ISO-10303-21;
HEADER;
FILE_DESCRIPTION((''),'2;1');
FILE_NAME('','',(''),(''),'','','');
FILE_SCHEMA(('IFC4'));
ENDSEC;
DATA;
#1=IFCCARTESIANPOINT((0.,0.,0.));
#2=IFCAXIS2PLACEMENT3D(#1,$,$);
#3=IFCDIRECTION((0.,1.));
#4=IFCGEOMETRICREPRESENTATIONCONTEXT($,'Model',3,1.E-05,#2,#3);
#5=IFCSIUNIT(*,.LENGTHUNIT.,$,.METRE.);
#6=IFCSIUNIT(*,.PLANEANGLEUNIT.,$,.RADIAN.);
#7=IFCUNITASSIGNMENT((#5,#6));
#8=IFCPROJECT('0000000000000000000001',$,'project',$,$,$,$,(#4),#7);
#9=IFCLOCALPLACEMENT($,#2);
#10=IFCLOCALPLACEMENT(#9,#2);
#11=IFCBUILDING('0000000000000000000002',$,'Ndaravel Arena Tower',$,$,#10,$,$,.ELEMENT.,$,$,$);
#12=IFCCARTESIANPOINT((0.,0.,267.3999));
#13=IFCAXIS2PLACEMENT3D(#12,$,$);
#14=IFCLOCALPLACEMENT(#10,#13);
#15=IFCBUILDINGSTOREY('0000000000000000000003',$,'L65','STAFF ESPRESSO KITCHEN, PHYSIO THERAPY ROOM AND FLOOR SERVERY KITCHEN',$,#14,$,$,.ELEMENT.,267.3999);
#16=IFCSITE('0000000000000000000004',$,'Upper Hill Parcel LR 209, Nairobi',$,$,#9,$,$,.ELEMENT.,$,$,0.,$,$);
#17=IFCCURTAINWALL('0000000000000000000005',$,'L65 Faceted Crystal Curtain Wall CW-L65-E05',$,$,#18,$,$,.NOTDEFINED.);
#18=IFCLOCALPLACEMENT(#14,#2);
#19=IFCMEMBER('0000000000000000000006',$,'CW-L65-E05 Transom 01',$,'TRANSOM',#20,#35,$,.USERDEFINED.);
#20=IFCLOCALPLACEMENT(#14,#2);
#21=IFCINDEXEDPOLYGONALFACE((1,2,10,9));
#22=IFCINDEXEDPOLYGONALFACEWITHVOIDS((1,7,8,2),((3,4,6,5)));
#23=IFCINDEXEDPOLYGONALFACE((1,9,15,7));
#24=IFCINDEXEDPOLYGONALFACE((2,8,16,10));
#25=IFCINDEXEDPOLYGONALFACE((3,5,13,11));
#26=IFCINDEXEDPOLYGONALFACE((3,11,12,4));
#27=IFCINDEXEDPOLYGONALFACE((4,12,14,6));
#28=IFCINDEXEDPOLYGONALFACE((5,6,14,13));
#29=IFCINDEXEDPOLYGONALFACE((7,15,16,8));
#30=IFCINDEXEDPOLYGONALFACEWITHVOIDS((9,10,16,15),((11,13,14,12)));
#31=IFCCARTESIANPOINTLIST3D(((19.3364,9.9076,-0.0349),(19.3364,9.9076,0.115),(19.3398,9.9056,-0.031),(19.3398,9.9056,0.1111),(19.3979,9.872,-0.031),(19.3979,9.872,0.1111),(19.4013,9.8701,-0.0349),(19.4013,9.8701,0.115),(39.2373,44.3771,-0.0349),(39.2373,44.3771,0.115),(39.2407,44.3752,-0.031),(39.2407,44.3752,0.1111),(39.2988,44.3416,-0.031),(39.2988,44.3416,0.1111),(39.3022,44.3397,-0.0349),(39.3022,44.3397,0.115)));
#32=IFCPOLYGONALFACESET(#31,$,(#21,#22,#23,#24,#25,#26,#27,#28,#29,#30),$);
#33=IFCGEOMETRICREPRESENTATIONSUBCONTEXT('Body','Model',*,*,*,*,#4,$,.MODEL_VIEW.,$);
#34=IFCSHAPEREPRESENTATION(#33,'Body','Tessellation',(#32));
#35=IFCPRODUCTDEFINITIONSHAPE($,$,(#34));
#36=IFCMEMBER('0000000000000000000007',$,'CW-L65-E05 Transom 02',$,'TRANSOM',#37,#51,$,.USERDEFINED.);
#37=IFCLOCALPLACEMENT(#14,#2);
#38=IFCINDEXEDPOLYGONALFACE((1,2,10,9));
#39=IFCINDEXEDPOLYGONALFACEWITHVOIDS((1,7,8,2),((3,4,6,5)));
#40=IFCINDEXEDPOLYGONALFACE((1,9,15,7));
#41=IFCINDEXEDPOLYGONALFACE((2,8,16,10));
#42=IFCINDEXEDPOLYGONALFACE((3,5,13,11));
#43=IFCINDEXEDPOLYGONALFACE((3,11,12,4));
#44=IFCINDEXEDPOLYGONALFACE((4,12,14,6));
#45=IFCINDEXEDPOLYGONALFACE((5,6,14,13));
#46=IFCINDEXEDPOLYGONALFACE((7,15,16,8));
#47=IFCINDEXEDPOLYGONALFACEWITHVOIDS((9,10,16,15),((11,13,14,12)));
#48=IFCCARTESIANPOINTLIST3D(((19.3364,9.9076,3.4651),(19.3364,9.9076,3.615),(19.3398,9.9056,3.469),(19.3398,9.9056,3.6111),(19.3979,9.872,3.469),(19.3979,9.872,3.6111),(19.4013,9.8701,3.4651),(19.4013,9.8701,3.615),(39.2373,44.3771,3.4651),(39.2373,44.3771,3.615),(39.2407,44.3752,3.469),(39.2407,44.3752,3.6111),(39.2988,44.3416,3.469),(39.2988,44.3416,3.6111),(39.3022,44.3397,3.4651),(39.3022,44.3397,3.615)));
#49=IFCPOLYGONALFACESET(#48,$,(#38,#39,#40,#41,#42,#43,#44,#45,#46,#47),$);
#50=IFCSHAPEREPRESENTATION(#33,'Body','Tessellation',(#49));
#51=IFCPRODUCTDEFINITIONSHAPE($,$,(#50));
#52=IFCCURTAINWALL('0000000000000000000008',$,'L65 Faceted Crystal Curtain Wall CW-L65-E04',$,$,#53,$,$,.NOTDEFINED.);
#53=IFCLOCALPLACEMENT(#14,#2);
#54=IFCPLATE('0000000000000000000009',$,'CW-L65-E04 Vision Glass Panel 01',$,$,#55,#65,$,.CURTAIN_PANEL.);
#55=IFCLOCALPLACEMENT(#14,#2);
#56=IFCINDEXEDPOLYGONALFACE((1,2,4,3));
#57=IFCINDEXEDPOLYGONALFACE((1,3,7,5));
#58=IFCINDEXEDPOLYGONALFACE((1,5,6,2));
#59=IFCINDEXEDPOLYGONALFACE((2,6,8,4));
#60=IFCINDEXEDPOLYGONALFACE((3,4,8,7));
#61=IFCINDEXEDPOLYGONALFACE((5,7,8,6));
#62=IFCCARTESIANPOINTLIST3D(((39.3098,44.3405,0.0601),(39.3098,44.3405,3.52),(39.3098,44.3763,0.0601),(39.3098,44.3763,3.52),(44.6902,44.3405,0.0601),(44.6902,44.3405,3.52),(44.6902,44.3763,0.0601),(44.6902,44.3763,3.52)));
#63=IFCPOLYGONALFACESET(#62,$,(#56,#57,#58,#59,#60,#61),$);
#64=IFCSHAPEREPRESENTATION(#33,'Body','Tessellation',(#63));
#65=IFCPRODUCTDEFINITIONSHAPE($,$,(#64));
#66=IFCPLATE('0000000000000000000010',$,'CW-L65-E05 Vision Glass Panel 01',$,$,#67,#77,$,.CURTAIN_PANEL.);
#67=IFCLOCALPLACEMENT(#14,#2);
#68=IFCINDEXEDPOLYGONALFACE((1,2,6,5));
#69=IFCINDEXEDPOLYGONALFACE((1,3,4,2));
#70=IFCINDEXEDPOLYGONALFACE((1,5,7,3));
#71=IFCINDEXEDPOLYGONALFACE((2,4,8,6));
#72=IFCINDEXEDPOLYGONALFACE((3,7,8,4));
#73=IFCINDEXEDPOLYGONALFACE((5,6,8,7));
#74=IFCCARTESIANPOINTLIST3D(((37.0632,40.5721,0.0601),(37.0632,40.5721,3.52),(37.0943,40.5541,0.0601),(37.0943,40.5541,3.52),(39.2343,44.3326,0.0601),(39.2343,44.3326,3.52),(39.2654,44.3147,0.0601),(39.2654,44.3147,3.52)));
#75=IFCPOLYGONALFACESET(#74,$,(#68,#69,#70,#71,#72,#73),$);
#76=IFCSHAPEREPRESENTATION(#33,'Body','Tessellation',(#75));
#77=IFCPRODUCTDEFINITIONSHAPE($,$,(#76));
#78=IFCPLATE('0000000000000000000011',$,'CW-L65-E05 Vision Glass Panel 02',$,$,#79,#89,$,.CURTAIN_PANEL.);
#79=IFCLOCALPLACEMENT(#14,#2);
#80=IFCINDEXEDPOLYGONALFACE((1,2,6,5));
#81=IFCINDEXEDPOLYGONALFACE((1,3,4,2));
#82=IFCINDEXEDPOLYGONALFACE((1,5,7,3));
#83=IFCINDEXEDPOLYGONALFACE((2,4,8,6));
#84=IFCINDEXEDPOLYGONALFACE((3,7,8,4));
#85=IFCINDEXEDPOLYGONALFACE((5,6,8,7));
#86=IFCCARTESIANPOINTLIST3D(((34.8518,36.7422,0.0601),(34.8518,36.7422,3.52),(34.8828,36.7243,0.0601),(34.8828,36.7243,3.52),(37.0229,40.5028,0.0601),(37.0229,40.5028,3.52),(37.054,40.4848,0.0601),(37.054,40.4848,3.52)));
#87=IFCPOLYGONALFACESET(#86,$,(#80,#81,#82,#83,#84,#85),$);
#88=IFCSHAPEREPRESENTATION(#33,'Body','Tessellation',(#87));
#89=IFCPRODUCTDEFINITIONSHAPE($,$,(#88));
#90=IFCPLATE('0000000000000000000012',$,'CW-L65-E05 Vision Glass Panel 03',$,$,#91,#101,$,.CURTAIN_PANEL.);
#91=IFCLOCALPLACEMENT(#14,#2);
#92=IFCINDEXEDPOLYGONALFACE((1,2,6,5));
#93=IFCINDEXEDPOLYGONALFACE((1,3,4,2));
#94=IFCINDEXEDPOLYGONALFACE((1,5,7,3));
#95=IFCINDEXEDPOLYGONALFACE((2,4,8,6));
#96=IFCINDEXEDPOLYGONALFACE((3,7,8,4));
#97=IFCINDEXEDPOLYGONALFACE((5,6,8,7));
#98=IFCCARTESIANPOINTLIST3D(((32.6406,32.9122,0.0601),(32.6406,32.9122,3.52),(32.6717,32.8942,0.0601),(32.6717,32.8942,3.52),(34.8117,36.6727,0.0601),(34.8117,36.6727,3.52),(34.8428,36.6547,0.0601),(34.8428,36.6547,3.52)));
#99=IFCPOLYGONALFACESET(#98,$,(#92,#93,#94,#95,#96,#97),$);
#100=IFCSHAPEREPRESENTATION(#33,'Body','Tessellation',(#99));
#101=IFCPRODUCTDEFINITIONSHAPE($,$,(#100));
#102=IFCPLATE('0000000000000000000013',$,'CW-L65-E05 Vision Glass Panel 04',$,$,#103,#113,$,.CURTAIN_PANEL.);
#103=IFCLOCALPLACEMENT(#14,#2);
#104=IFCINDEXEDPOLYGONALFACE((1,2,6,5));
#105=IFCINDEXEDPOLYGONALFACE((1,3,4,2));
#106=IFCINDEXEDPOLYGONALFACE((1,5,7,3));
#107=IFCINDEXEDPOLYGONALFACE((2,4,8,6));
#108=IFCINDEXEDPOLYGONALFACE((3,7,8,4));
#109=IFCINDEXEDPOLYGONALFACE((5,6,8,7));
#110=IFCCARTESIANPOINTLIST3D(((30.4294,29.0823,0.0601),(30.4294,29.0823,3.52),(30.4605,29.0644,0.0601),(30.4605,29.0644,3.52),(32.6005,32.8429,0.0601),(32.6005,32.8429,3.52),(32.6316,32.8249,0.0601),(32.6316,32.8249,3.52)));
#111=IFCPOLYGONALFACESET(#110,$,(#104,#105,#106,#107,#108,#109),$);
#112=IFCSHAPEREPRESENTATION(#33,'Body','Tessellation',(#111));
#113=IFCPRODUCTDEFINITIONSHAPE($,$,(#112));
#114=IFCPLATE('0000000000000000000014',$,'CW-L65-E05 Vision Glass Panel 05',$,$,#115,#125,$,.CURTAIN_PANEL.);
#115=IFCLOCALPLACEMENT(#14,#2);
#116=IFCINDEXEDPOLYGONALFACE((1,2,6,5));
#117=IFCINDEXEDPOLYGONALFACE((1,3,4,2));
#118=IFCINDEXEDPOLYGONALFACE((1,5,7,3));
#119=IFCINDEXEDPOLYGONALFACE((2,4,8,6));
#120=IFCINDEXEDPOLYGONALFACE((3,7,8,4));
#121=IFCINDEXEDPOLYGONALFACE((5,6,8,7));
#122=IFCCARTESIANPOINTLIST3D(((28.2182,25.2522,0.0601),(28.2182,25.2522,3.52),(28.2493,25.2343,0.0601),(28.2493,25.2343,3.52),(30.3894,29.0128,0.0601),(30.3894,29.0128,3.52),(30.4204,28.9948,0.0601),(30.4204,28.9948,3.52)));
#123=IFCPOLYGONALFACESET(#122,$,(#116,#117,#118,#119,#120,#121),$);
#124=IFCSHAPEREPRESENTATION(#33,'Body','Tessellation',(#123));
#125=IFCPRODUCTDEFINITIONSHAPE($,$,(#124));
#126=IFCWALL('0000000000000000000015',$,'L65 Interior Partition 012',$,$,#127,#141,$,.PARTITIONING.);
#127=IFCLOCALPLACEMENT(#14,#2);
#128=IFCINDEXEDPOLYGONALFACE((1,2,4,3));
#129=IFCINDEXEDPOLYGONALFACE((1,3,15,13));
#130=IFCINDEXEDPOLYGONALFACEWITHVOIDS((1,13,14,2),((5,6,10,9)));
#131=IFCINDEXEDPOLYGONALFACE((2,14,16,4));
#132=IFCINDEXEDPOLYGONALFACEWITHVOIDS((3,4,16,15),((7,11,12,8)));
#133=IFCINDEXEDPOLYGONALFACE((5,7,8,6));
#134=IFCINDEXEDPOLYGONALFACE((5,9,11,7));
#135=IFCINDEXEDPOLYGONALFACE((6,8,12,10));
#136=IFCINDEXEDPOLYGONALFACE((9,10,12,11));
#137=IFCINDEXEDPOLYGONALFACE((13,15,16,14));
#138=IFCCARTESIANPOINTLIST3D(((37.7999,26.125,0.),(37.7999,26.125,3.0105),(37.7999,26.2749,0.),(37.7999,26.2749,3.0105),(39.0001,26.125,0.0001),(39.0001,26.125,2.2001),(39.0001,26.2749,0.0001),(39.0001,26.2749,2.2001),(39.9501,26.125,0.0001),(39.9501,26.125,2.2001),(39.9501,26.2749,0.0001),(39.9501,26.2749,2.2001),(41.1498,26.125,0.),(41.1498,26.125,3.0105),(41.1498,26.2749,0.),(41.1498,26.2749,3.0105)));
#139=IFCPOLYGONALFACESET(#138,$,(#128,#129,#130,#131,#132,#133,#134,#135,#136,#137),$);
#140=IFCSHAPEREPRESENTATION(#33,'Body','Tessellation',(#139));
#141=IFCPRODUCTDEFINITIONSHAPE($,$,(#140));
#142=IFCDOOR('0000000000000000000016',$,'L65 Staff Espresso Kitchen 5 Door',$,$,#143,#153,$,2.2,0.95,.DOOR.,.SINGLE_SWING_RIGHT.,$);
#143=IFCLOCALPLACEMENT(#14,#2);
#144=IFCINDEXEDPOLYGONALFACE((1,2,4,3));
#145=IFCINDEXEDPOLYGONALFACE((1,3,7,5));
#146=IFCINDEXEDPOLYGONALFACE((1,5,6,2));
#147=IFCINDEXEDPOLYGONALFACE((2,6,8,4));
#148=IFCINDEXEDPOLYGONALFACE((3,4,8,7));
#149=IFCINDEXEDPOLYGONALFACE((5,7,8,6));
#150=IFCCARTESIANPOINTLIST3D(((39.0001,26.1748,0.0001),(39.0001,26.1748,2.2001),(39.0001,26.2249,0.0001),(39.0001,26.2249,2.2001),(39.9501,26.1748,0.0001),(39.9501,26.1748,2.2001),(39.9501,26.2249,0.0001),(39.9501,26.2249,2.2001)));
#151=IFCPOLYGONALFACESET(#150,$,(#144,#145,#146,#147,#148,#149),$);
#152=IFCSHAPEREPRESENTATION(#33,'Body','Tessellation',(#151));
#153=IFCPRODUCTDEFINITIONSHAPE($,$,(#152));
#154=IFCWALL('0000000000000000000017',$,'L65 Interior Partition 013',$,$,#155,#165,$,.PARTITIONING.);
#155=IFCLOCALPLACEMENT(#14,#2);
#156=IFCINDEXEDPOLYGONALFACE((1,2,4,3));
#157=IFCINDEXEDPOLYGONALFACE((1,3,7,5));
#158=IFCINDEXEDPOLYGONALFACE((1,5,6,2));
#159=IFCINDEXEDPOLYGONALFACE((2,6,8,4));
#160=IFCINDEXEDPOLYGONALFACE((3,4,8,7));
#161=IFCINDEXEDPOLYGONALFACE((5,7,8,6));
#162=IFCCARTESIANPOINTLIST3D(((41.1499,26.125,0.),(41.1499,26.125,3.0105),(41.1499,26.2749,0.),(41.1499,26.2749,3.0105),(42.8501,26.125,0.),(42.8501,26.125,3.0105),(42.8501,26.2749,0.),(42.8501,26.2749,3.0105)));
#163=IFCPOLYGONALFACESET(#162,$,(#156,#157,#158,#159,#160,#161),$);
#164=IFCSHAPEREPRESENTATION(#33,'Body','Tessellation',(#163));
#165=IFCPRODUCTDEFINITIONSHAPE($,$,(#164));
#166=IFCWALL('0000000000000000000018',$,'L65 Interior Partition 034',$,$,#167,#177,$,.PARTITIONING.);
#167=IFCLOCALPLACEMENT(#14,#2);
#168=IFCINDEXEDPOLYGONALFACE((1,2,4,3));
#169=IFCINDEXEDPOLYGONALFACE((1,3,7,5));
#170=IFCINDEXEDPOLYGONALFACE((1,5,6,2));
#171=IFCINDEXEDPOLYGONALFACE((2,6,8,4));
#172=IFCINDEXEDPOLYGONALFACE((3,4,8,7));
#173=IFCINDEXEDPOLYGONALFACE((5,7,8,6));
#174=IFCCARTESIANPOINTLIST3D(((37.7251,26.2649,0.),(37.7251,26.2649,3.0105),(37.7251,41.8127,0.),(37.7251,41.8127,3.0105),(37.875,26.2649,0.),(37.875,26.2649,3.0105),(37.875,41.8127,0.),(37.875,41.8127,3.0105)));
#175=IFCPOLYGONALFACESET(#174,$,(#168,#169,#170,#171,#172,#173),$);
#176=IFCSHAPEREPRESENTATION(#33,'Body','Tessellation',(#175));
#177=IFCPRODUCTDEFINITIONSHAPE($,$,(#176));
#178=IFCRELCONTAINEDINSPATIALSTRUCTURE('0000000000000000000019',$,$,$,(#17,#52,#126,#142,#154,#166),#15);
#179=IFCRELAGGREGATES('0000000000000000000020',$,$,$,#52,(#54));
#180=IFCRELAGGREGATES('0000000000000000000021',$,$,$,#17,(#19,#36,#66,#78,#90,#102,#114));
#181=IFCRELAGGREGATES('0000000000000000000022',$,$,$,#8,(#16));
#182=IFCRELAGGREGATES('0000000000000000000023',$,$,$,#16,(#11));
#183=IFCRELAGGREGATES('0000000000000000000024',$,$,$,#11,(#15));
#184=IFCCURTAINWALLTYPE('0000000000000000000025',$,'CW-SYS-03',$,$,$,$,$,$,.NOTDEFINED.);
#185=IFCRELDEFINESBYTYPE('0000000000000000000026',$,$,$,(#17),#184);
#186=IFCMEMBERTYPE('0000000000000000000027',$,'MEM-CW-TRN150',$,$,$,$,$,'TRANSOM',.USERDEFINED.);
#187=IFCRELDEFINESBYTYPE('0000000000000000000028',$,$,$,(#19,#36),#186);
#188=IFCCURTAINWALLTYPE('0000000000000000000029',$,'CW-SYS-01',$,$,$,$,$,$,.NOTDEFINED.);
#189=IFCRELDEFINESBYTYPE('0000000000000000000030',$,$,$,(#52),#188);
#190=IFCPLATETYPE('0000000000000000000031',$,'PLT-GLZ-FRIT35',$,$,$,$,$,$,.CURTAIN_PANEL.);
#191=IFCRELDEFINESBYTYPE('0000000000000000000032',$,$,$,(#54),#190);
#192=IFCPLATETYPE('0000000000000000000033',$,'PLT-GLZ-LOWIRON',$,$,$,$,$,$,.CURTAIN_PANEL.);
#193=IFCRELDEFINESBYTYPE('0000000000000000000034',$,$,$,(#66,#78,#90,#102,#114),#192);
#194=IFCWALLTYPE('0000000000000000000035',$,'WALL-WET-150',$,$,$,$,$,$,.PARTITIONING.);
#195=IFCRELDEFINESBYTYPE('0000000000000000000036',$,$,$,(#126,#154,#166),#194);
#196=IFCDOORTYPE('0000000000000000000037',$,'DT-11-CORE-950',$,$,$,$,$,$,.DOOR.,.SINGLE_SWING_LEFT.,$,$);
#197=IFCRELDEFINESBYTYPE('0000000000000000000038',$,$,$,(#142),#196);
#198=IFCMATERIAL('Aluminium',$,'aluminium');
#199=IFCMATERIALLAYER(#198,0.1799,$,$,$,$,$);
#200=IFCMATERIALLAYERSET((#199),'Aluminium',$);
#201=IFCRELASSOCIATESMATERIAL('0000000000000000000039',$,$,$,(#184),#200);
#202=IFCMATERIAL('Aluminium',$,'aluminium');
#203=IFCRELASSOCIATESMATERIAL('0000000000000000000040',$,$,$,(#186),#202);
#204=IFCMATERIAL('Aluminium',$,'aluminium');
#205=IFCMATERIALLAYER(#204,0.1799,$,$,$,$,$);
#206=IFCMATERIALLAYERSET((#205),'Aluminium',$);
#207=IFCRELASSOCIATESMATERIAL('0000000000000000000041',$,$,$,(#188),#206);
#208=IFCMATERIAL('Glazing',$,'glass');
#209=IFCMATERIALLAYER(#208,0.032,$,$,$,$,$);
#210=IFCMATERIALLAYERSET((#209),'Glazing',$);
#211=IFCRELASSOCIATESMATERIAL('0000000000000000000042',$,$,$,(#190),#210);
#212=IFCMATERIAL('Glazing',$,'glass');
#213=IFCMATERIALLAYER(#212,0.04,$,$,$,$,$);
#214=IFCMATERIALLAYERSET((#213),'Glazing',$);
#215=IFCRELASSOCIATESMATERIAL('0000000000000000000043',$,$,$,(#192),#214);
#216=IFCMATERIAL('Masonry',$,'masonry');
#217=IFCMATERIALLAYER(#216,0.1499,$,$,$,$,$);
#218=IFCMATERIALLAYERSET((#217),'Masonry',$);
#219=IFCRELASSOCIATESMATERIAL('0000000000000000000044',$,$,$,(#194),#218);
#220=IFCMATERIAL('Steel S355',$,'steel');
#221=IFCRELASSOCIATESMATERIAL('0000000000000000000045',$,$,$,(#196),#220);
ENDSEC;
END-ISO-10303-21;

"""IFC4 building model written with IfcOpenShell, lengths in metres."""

from ifc_helpers import new_model, si_unit, direction, frame, frame_2d, origin, origin_2d, place, context, subcontext, project, spatial, rectangle, hollow_rectangle, extrude, material, layer, layer_set, material_profile, profile_set, type_object, element, fill, aggregate, save


model = new_model("IFC4")

# Units and contexts
model_context = context("Model", 3, precision=1e-05, world=origin(), true_north=direction((0.0, 1.0)))
body_context = subcontext(model_context, "Body", "Model", "MODEL_VIEW")
ifc_project = project(units=[si_unit("LENGTHUNIT", "METRE"), si_unit("PLANEANGLEUNIT", "RADIAN")], contexts=[model_context])

# Site, building, storey
site_placement = place(None, origin())
site = spatial("IfcSite", under=ifc_project, at=site_placement, Name="Upper Hill Parcel LR 209, Nairobi", CompositionType="ELEMENT", RefElevation=0.0)
building_placement = place(site_placement, origin())
building = spatial("IfcBuilding", under=site, at=building_placement, Name="Ndaravel Arena Tower", CompositionType="ELEMENT")
storey_placement = place(building_placement, frame((0.0, 0.0, 267.3999)))
storey = spatial("IfcBuildingStorey", under=building, at=storey_placement, Name="L65", Description="STAFF ESPRESSO KITCHEN, PHYSIO THERAPY ROOM AND FLOOR SERVERY KITCHEN", CompositionType="ELEMENT", Elevation=267.3999)

# Curtain wall, members
ifc_material_1 = material(Name="Aluminium", Category="aluminium")
ifc_layer_1 = layer(ifc_material_1, 0.1799)
ifc_layer_set_1 = layer_set([ifc_layer_1], Name="Aluminium")
curtain_wall_type_1 = type_object("IfcCurtainWallType", Name="CW-SYS-03", PredefinedType="NOTDEFINED", material=ifc_layer_set_1)
curtain_wall_1_placement = place(storey_placement, origin())
curtain_wall_1 = element("IfcCurtainWall", 1, at=curtain_wall_1_placement, inside=storey, type_object=curtain_wall_type_1, Name="L65 Faceted Crystal Curtain Wall CW-L65-E05", PredefinedType="NOTDEFINED")
ifc_material_2 = material(Name="Aluminium", Category="aluminium")
ifc_material_profile_1 = material_profile(ifc_material_2, hollow_rectangle(XDim=0.075, YDim=0.1499, WallThickness=0.0039, at=origin_2d()), Name="CW TRANSOM 75x150x4")
ifc_profile_set_1 = profile_set([ifc_material_profile_1], Name="Aluminium")
member_type_1 = type_object("IfcMemberType", Name="MEM-CW-TRN150", ElementType="TRANSOM", PredefinedType="USERDEFINED", material=ifc_profile_set_1)
member_1_placement = place(storey_placement, frame((39.2698, 44.3584, 0.04), z_axis=(-0.499998, -0.866026, 0.0), x_axis=(0.866026, -0.499998, 0.0)))
member_1 = element("IfcMember", 2, at=member_1_placement, type_object=member_type_1, Name="CW-L65-E05 Transom 01", ObjectType="TRANSOM", PredefinedType="USERDEFINED", context=body_context, shape_type="SweptSolid", body=[
    extrude(hollow_rectangle(XDim=0.075, YDim=0.1499, WallThickness=0.0039, at=origin_2d()), origin(), (0.0, 0.0, 1.0), 39.802),
])
member_2_placement = place(storey_placement, frame((39.2698, 44.3584, 3.54), z_axis=(-0.499998, -0.866026, 0.0), x_axis=(0.866026, -0.499998, 0.0)))
member_2 = element("IfcMember", 3, at=member_2_placement, type_object=member_type_1, Name="CW-L65-E05 Transom 02", ObjectType="TRANSOM", PredefinedType="USERDEFINED", context=body_context, shape_type="SweptSolid", body=[
    extrude(hollow_rectangle(XDim=0.075, YDim=0.1499, WallThickness=0.0039, at=origin_2d()), origin(), (0.0, 0.0, 1.0), 39.802),
])

# Curtain wall, plate
ifc_material_3 = material(Name="Aluminium", Category="aluminium")
ifc_layer_2 = layer(ifc_material_3, 0.1799)
ifc_layer_set_2 = layer_set([ifc_layer_2], Name="Aluminium")
curtain_wall_type_2 = type_object("IfcCurtainWallType", Name="CW-SYS-01", PredefinedType="NOTDEFINED", material=ifc_layer_set_2)
curtain_wall_2_placement = place(storey_placement, origin())
curtain_wall_2 = element("IfcCurtainWall", 4, at=curtain_wall_2_placement, inside=storey, type_object=curtain_wall_type_2, Name="L65 Faceted Crystal Curtain Wall CW-L65-E04", PredefinedType="NOTDEFINED")
ifc_material_4 = material(Name="Glazing", Category="glass")
ifc_layer_3 = layer(ifc_material_4, 0.032)
ifc_layer_set_3 = layer_set([ifc_layer_3], Name="Glazing")
plate_type_1 = type_object("IfcPlateType", Name="PLT-GLZ-FRIT35", PredefinedType="CURTAIN_PANEL", material=ifc_layer_set_3)
plate_1_placement = place(storey_placement, frame((42.0, 44.3584, 0.0601), z_axis=(0.0, 0.0, 1.0), x_axis=(-1.0, 0.0, 0.0)))
plate_1 = element("IfcPlate", 5, at=plate_1_placement, type_object=plate_type_1, Name="CW-L65-E04 Vision Glass Panel 01", PredefinedType="CURTAIN_PANEL", context=body_context, shape_type="SweptSolid", body=[
    extrude(rectangle(XDim=5.3804, YDim=0.0359, at=origin_2d()), origin(), (0.0, 0.0, 1.0), 3.46),
])
aggregate(curtain_wall_2, [plate_1])

# Plates
ifc_material_5 = material(Name="Glazing", Category="glass")
ifc_layer_4 = layer(ifc_material_5, 0.04)
ifc_layer_set_4 = layer_set([ifc_layer_4], Name="Glazing")
plate_type_2 = type_object("IfcPlateType", Name="PLT-GLZ-LOWIRON", PredefinedType="CURTAIN_PANEL", material=ifc_layer_set_4)
plate_2_placement = place(storey_placement, frame((38.1643, 42.4434, 0.0601), z_axis=(0.0, 0.0, 1.0), x_axis=(-0.5, -0.866025, 0.0)))
plate_2 = element("IfcPlate", 6, at=plate_2_placement, type_object=plate_type_2, Name="CW-L65-E05 Vision Glass Panel 01", PredefinedType="CURTAIN_PANEL", context=body_context, shape_type="SweptSolid", body=[
    extrude(rectangle(XDim=4.3423, YDim=0.0359, at=origin_2d()), origin(), (0.0, 0.0, 1.0), 3.46),
])
plate_3_placement = place(storey_placement, frame((35.9529, 38.6135, 0.0601), z_axis=(0.0, 0.0, 1.0), x_axis=(-0.5, -0.866025, 0.0)))
plate_3 = element("IfcPlate", 7, at=plate_3_placement, type_object=plate_type_2, Name="CW-L65-E05 Vision Glass Panel 02", PredefinedType="CURTAIN_PANEL", context=body_context, shape_type="SweptSolid", body=[
    extrude(rectangle(XDim=4.3423, YDim=0.0359, at=origin_2d()), origin(), (0.0, 0.0, 1.0), 3.46),
])
plate_4_placement = place(storey_placement, frame((33.7417, 34.7834, 0.0601), z_axis=(0.0, 0.0, 1.0), x_axis=(-0.5, -0.866025, 0.0)))
plate_4 = element("IfcPlate", 8, at=plate_4_placement, type_object=plate_type_2, Name="CW-L65-E05 Vision Glass Panel 03", PredefinedType="CURTAIN_PANEL", context=body_context, shape_type="SweptSolid", body=[
    extrude(rectangle(XDim=4.3423, YDim=0.0359, at=origin_2d()), origin(), (0.0, 0.0, 1.0), 3.46),
])
plate_5_placement = place(storey_placement, frame((31.5305, 30.9536, 0.0601), z_axis=(0.0, 0.0, 1.0), x_axis=(-0.5, -0.866025, 0.0)))
plate_5 = element("IfcPlate", 9, at=plate_5_placement, type_object=plate_type_2, Name="CW-L65-E05 Vision Glass Panel 04", PredefinedType="CURTAIN_PANEL", context=body_context, shape_type="SweptSolid", body=[
    extrude(rectangle(XDim=4.3423, YDim=0.0359, at=origin_2d()), origin(), (0.0, 0.0, 1.0), 3.46),
])
plate_6_placement = place(storey_placement, frame((29.3193, 27.1235, 0.0601), z_axis=(0.0, 0.0, 1.0), x_axis=(-0.5, -0.866025, 0.0)))
plate_6 = element("IfcPlate", 10, at=plate_6_placement, type_object=plate_type_2, Name="CW-L65-E05 Vision Glass Panel 05", PredefinedType="CURTAIN_PANEL", context=body_context, shape_type="SweptSolid", body=[
    extrude(rectangle(XDim=4.3423, YDim=0.0359, at=origin_2d()), origin(), (0.0, 0.0, 1.0), 3.46),
])
aggregate(curtain_wall_1, [member_1, member_2, plate_2, plate_3, plate_4, plate_5, plate_6])

# Wall, opening, door
ifc_material_6 = material(Name="Masonry", Category="masonry")
ifc_layer_5 = layer(ifc_material_6, 0.1499)
ifc_layer_set_5 = layer_set([ifc_layer_5], Name="Masonry")
wall_type = type_object("IfcWallType", Name="WALL-WET-150", PredefinedType="PARTITIONING", material=ifc_layer_set_5)
wall_1_placement = place(storey_placement, frame((37.8, 26.2, 0.0), z_axis=(0.0, 0.0, 1.0), x_axis=(1.0, 0.0, 0.0)))
wall_1 = element("IfcWall", 11, at=wall_1_placement, inside=storey, type_object=wall_type, Name="L65 Interior Partition 012", PredefinedType="PARTITIONING", context=body_context, shape_type="SweptSolid", body=[
    extrude(rectangle(XDim=3.3499, YDim=0.1499, at=frame_2d((1.6748, 0.0))), origin(), (0.0, 0.0, 1.0), 3.0105),
])
opening_placement = place(wall_1_placement, frame((1.2, 0.0, 0.0)))
opening = element("IfcOpeningElement", 12, at=opening_placement, cuts=wall_1, PredefinedType="OPENING", context=body_context, shape_type="SweptSolid", body=[
    extrude(rectangle(XDim=0.95, YDim=2.2, at=frame_2d((0.4751, 1.1001))), frame((0.0, 0.075, 0.0), z_axis=(0.0, -1.0, 0.0), x_axis=(1.0, 0.0, 0.0)), (0.0, 0.0, 1.0), 0.1499),
])
ifc_material_7 = material(Name="Steel S355", Category="steel")
door_type = type_object("IfcDoorType", Name="DT-11-CORE-950", OperationType="SINGLE_SWING_LEFT", PredefinedType="DOOR", material=ifc_material_7)
door_placement = place(opening_placement, origin())
door = element("IfcDoor", 13, at=door_placement, inside=storey, type_object=door_type, Name="L65 Staff Espresso Kitchen 5 Door", OperationType="SINGLE_SWING_RIGHT", OverallHeight=2.2, OverallWidth=0.95, PredefinedType="DOOR", context=body_context, shape_type="SweptSolid", body=[
    extrude(rectangle(XDim=0.95, YDim=2.2, at=frame_2d((0.4751, 1.1001))), frame((0.0, 0.0249, 0.0), z_axis=(0.0, -1.0, 0.0), x_axis=(1.0, 0.0, 0.0)), (0.0, 0.0, 1.0), 0.05),
])
fill(opening, door)

# Walls
wall_2_placement = place(storey_placement, frame((41.1499, 26.2, 0.0), z_axis=(0.0, 0.0, 1.0), x_axis=(1.0, 0.0, 0.0)))
element("IfcWall", 14, at=wall_2_placement, inside=storey, type_object=wall_type, Name="L65 Interior Partition 013", PredefinedType="PARTITIONING", context=body_context, shape_type="SweptSolid", body=[
    extrude(rectangle(XDim=1.7002, YDim=0.1499, at=frame_2d((0.8501, 0.0))), origin(), (0.0, 0.0, 1.0), 3.0105),
])
wall_3_placement = place(storey_placement, frame((37.8, 41.8127, 0.0), z_axis=(0.0, 0.0, 1.0), x_axis=(0.0, -1.0, 0.0)))
element("IfcWall", 15, at=wall_3_placement, inside=storey, type_object=wall_type, Name="L65 Interior Partition 034", PredefinedType="PARTITIONING", context=body_context, shape_type="SweptSolid", body=[
    extrude(rectangle(XDim=15.5479, YDim=0.1499, at=frame_2d((7.7739, 0.0))), origin(), (0.0, 0.0, 1.0), 3.0105),
])

save(model, "model.ifc")
